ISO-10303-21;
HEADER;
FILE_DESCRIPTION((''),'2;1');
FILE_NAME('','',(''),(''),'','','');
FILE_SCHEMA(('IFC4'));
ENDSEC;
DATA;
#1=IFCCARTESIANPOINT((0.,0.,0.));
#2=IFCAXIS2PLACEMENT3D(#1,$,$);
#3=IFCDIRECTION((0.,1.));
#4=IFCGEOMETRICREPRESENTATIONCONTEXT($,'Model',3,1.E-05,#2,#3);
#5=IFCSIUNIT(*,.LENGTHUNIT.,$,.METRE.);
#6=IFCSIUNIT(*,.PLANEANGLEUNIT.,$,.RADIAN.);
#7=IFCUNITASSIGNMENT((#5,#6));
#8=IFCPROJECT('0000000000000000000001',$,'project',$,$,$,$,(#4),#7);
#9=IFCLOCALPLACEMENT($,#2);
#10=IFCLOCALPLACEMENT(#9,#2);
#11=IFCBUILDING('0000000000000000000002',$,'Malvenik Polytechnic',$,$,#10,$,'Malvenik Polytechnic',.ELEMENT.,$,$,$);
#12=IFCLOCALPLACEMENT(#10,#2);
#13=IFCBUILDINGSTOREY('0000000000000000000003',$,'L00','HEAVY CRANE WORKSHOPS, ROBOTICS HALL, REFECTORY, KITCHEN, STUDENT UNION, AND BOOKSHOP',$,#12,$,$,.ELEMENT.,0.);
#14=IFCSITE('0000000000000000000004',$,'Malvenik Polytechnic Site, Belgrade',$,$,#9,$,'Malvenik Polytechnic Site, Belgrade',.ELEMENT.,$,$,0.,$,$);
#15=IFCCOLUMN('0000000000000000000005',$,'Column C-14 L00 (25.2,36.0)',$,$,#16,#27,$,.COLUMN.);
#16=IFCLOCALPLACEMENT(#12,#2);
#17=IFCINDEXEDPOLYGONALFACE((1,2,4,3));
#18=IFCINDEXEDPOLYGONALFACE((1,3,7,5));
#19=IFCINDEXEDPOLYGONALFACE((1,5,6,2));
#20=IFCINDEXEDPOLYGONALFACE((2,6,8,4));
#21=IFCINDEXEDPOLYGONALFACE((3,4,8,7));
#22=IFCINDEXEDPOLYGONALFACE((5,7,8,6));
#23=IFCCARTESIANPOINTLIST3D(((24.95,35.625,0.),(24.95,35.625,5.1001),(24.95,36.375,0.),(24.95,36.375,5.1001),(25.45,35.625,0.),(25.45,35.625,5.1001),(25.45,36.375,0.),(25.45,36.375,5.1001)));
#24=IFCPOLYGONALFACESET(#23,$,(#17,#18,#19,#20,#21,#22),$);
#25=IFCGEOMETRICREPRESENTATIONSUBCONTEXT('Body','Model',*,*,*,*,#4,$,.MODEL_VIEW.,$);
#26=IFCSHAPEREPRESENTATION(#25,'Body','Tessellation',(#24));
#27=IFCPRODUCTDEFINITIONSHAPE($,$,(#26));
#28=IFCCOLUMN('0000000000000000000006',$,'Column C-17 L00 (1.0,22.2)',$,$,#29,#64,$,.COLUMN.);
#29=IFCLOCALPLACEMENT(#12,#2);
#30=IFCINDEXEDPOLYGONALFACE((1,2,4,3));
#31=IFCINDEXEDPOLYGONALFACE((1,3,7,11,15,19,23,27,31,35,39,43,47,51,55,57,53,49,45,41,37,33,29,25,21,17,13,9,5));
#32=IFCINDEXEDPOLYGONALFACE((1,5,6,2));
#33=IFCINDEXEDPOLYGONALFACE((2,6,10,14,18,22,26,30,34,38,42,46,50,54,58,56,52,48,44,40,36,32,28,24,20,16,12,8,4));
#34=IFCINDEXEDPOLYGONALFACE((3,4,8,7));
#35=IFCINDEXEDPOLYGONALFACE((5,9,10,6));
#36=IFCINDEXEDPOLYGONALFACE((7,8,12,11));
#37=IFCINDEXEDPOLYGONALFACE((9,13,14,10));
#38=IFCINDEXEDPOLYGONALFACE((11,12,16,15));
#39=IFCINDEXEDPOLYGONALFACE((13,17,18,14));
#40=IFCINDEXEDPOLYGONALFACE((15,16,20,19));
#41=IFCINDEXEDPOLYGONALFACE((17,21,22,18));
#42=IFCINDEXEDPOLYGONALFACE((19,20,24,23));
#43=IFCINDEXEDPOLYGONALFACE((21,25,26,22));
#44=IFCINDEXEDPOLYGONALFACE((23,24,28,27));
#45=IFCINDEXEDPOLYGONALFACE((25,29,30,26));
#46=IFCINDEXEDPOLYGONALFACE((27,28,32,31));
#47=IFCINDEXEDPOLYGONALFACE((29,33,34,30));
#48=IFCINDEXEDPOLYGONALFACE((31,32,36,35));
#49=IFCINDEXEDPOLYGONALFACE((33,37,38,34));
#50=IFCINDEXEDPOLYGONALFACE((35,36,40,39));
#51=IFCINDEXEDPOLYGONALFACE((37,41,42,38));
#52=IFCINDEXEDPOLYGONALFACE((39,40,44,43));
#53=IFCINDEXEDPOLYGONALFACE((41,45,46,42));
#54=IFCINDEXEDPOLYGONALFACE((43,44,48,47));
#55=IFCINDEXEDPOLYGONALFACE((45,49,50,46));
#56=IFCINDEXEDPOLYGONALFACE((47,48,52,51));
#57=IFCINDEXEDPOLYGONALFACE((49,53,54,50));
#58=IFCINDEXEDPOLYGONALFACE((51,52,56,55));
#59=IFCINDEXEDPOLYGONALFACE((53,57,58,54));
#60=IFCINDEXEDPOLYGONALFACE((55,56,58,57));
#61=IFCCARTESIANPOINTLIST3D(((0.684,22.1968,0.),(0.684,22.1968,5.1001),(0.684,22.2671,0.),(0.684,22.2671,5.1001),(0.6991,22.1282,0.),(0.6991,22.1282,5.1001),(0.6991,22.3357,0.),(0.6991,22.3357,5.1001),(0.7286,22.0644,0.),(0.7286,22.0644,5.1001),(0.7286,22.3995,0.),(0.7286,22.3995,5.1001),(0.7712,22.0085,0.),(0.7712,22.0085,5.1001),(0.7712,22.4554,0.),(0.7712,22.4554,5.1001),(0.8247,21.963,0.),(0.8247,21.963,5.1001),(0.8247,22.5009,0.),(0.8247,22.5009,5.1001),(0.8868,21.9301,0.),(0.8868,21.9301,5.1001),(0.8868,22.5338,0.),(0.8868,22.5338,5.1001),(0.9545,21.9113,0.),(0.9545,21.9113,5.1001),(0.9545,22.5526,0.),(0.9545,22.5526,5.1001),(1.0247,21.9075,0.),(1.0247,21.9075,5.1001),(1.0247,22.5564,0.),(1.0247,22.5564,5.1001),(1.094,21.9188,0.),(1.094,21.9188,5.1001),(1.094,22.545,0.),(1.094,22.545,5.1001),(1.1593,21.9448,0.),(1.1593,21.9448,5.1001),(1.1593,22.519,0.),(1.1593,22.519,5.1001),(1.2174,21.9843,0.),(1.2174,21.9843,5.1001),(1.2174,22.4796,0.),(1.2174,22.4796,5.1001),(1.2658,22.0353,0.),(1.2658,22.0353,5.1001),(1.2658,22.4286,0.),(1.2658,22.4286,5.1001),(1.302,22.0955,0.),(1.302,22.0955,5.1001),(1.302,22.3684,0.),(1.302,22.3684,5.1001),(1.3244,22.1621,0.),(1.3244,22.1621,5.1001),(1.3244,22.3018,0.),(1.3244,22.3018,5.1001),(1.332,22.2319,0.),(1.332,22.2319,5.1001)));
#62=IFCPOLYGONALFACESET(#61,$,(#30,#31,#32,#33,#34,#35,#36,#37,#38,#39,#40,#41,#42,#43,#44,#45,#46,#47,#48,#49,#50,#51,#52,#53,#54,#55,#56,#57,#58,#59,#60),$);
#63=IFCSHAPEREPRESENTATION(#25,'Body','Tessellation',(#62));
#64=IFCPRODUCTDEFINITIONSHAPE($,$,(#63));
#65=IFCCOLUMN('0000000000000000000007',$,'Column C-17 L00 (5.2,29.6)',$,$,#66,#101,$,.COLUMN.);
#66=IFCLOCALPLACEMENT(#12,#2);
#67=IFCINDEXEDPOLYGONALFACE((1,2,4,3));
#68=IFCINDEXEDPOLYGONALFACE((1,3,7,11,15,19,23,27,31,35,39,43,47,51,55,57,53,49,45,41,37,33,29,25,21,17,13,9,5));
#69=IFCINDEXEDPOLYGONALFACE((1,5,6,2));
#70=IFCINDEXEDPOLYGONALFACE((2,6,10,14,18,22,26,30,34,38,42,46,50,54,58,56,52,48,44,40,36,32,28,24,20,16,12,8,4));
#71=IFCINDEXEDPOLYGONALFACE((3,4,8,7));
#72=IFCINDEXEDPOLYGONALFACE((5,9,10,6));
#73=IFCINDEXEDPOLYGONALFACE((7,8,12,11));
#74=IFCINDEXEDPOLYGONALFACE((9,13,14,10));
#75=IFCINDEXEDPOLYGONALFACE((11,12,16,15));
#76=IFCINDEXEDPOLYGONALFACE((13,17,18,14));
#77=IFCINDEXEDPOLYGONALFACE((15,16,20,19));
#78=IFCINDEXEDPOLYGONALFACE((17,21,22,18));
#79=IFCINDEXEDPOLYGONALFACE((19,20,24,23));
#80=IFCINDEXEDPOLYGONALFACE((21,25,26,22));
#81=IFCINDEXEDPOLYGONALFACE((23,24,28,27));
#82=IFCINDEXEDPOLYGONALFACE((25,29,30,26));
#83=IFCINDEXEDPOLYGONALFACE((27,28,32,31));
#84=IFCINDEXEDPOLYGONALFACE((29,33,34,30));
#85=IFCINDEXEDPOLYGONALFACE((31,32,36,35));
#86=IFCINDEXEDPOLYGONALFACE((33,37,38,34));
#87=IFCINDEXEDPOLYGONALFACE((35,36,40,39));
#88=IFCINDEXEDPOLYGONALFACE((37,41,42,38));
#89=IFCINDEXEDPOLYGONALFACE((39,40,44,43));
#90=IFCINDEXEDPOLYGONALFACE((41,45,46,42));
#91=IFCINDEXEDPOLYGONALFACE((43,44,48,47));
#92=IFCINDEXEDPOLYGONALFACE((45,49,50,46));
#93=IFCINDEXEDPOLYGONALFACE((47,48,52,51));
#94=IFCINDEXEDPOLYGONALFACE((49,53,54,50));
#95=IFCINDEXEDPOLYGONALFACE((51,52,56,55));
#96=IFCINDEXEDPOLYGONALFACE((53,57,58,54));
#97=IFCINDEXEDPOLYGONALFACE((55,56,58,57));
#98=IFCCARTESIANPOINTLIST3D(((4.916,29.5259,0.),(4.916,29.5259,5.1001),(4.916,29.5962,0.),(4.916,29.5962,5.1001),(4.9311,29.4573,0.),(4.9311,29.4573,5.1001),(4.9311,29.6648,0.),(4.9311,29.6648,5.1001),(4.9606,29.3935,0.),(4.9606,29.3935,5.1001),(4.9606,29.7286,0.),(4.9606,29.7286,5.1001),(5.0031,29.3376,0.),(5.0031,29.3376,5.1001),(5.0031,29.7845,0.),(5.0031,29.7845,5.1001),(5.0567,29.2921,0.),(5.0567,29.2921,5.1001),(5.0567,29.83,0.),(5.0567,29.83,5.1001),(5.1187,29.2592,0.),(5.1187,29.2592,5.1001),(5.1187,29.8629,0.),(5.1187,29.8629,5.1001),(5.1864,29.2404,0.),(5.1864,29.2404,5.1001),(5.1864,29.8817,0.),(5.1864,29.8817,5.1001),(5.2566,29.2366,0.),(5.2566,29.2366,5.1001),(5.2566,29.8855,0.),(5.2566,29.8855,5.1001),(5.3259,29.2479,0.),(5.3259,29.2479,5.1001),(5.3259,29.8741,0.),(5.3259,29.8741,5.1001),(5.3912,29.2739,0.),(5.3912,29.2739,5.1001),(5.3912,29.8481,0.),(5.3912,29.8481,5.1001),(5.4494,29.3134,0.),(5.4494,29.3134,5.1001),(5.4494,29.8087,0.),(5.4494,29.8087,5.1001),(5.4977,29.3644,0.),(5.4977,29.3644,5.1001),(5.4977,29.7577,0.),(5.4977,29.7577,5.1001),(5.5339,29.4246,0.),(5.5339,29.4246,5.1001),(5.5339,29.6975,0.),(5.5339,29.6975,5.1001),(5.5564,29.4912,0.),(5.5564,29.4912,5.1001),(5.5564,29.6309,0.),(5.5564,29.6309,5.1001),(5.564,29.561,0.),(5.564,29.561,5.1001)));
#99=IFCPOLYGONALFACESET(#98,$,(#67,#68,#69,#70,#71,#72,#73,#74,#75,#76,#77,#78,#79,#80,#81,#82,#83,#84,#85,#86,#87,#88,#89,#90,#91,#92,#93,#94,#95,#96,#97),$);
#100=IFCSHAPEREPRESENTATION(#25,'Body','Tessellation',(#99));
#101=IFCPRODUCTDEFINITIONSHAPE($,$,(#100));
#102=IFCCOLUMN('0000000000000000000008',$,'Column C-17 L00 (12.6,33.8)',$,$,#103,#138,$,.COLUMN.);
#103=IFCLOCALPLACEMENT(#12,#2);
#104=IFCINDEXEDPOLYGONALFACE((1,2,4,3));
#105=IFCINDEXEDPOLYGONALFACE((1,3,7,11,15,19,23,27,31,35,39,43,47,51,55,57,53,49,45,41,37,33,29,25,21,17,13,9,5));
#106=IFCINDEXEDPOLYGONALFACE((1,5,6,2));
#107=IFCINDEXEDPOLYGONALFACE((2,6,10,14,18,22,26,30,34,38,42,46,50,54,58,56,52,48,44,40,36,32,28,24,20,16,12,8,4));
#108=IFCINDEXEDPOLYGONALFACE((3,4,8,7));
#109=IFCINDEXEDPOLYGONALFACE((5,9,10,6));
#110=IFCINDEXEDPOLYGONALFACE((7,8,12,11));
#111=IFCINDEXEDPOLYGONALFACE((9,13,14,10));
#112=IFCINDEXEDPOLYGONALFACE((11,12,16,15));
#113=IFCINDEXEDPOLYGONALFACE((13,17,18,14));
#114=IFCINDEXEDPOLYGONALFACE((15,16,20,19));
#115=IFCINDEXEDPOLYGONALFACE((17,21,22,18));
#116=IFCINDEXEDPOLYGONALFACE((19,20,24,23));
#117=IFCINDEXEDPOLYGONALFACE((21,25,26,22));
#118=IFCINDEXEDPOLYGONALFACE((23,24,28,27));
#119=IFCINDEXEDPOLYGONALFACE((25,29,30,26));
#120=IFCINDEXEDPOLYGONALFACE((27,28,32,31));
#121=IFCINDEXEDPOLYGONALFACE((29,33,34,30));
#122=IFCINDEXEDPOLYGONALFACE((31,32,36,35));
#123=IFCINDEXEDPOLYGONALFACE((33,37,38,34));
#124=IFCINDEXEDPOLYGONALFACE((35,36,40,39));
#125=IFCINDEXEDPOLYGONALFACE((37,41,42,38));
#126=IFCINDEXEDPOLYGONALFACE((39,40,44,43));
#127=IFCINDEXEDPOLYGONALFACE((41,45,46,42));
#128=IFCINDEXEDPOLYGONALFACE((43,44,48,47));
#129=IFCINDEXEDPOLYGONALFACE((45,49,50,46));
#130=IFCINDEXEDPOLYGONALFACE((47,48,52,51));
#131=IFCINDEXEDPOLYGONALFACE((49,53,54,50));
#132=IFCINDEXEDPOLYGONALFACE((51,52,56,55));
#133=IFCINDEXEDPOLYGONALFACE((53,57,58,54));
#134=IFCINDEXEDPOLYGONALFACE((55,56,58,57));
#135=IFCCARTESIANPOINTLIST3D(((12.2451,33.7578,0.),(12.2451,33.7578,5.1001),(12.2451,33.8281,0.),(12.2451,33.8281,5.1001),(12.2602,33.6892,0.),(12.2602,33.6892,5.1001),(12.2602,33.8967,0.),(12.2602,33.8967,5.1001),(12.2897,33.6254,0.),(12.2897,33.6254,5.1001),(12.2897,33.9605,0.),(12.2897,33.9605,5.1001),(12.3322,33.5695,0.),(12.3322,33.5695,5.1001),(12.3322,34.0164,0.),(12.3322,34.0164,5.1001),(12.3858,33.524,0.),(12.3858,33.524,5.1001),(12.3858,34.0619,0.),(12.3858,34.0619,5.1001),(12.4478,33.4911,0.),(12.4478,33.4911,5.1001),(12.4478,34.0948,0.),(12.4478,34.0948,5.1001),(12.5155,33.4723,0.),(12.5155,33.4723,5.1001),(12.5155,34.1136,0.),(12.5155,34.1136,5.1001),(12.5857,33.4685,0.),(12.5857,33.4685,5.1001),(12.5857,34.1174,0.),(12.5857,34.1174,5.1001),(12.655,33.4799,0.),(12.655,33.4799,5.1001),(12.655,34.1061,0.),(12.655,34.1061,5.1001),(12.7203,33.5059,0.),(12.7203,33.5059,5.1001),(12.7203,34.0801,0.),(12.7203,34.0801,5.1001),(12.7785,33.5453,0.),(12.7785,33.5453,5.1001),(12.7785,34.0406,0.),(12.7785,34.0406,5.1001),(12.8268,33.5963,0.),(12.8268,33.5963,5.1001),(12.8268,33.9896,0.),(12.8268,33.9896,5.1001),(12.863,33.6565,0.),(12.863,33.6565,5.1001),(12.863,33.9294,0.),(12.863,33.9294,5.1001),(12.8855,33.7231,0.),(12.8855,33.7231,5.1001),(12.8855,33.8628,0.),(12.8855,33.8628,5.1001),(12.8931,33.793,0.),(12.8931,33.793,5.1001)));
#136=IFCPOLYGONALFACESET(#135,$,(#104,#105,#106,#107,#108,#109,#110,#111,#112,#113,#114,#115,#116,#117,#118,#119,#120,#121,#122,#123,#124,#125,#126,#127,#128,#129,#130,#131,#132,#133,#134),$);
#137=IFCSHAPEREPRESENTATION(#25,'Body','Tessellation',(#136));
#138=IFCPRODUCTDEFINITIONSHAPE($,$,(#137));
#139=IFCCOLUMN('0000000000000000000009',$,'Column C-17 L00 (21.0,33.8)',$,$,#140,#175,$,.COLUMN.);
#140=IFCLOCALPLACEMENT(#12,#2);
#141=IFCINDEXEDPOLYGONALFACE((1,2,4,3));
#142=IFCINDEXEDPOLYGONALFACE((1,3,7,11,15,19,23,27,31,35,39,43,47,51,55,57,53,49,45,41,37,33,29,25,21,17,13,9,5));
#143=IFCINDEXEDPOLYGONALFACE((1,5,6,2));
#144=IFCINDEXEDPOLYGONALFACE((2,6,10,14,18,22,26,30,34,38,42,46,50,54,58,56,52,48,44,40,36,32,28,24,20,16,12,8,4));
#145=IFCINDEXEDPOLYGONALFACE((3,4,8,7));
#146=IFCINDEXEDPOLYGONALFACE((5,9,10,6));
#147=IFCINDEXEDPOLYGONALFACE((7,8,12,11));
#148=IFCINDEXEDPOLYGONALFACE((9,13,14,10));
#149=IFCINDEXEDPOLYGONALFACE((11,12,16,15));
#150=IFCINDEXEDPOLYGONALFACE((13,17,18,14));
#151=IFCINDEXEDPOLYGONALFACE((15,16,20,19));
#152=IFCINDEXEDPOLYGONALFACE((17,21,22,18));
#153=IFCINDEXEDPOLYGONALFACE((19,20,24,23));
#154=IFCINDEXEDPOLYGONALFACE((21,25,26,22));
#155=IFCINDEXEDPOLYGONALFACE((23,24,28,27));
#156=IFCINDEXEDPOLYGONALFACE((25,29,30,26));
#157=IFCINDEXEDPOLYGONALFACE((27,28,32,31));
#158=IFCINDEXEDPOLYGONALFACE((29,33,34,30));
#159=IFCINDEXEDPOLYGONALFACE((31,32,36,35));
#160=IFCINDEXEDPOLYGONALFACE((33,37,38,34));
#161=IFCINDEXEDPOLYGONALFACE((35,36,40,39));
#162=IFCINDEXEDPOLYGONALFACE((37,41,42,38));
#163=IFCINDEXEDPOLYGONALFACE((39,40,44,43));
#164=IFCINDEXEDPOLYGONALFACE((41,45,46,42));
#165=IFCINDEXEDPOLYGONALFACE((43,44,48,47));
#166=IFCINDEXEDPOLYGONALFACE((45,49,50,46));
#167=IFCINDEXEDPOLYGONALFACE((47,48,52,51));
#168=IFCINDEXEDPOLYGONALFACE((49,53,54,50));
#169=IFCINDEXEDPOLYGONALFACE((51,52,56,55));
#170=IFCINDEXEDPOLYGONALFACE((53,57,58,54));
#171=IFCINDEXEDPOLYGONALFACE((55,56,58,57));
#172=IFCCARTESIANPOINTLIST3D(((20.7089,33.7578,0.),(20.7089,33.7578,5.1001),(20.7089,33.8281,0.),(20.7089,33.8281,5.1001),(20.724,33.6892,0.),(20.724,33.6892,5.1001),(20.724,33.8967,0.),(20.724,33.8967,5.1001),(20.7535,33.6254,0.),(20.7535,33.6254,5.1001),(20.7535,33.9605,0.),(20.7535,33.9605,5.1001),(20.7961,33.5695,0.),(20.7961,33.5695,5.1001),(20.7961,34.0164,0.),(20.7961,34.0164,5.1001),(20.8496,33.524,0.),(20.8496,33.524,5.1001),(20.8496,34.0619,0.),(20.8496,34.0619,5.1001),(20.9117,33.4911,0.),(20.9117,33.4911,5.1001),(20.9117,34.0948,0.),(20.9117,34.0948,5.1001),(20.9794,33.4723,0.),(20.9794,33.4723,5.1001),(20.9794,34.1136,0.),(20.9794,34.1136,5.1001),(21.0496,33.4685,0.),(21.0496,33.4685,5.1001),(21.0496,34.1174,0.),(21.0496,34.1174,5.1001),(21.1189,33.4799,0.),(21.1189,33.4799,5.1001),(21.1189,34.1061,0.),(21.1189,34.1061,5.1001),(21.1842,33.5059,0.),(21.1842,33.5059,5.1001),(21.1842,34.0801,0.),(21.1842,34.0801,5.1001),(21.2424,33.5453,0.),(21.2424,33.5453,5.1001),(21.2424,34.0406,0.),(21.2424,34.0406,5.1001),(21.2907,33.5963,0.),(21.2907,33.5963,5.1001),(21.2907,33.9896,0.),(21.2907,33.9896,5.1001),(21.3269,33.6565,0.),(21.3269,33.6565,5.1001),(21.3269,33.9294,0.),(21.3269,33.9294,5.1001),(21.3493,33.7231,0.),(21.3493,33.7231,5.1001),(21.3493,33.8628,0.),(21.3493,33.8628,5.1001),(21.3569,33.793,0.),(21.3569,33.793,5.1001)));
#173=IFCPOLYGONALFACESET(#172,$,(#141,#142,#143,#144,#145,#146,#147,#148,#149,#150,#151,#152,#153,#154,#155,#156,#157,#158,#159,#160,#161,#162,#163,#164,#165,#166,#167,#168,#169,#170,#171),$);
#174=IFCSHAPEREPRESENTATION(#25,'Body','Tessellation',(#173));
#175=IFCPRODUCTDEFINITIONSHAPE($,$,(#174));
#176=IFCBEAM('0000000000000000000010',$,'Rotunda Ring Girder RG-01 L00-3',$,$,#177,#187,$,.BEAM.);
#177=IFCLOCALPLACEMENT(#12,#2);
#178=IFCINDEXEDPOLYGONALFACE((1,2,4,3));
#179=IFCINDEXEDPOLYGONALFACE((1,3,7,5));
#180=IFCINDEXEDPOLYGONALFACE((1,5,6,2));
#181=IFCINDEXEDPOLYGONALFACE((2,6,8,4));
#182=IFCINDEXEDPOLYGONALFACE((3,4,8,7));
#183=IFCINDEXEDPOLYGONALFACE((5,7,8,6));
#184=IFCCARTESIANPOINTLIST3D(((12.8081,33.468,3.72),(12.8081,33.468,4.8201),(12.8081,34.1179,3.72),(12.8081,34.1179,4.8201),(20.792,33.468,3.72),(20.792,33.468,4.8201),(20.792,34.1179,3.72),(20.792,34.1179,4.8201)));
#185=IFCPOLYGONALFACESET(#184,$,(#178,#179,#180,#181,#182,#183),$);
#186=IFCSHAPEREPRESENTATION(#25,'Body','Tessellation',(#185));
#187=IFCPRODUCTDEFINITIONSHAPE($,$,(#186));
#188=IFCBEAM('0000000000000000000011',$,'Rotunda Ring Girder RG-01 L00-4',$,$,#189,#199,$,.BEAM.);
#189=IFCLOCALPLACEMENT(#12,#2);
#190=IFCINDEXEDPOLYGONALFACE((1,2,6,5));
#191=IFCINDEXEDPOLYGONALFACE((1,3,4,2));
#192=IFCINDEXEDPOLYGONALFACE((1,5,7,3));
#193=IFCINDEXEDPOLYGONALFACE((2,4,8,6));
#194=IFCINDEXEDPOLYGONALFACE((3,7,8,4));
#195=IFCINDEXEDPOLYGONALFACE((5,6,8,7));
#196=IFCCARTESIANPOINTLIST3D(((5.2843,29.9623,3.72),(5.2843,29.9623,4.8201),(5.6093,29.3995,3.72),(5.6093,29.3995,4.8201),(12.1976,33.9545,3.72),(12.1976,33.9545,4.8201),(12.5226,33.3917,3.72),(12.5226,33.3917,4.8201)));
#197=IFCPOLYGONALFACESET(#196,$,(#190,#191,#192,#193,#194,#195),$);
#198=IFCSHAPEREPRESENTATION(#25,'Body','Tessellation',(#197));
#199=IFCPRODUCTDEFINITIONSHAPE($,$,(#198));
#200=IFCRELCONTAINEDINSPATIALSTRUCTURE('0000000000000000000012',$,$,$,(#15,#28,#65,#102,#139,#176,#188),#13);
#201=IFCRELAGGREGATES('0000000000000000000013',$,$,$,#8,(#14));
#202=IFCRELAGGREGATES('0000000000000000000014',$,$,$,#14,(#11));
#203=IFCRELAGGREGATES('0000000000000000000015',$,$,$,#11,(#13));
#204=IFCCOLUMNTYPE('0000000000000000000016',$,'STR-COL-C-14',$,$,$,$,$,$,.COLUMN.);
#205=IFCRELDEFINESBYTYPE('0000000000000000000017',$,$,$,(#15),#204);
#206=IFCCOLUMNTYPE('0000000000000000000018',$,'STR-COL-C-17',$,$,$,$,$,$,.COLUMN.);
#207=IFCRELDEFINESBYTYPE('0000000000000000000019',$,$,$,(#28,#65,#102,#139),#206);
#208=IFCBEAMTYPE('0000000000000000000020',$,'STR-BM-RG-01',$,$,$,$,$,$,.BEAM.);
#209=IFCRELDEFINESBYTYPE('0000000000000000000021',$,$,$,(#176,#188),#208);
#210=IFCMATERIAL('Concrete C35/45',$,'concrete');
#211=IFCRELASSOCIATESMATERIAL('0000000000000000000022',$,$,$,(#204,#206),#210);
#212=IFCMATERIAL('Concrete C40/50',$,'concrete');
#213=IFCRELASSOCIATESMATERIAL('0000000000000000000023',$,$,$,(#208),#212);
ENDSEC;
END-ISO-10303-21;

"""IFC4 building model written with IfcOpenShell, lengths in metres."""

from ifc_helpers import new_model, si_unit, direction, frame, origin, origin_2d, place, context, subcontext, project, spatial, rectangle, circle, extrude, material, material_profile, profile_set, type_object, element, save


model = new_model("IFC4")

# Units and contexts
model_context = context("Model", 3, precision=1e-05, world=origin(), true_north=direction((0.0, 1.0)))
body_context = subcontext(model_context, "Body", "Model", "MODEL_VIEW")
ifc_project = project(units=[si_unit("LENGTHUNIT", "METRE"), si_unit("PLANEANGLEUNIT", "RADIAN")], contexts=[model_context])

# Site, building, storey
site_placement = place(None, origin())
site = spatial("IfcSite", under=ifc_project, at=site_placement, Name="Malvenik Polytechnic Site, Belgrade", LongName="Malvenik Polytechnic Site, Belgrade", CompositionType="ELEMENT", RefElevation=0.0)
building_placement = place(site_placement, origin())
building = spatial("IfcBuilding", under=site, at=building_placement, Name="Malvenik Polytechnic", LongName="Malvenik Polytechnic", CompositionType="ELEMENT")
storey_placement = place(building_placement, origin())
storey = spatial("IfcBuildingStorey", under=building, at=storey_placement, Name="L00", Description="HEAVY CRANE WORKSHOPS, ROBOTICS HALL, REFECTORY, KITCHEN, STUDENT UNION, AND BOOKSHOP", CompositionType="ELEMENT", Elevation=0.0)

# Columns
ifc_material_1 = material(Name="Concrete C35/45", Category="concrete")
ifc_material_profile_1 = material_profile(ifc_material_1, rectangle(XDim=0.5, YDim=0.75, at=origin_2d()), Name="RC COL 750x500")
ifc_profile_set_1 = profile_set([ifc_material_profile_1], Name="Concrete C35/45")
column_type_1 = type_object("IfcColumnType", Name="STR-COL-C-14", PredefinedType="COLUMN", material=ifc_profile_set_1)
column_placement = place(storey_placement, frame((25.2, 36.0, 0.0), z_axis=(0.0, 0.0, 1.0), x_axis=(1.0, 0.0, 0.0)))
element("IfcColumn", 1, at=column_placement, inside=storey, type_object=column_type_1, Name="Column C-14 L00 (25.2,36.0)", PredefinedType="COLUMN", context=body_context, shape_type="SweptSolid", body=[
    extrude(rectangle(XDim=0.5, YDim=0.75, at=origin_2d()), origin(), (0.0, 0.0, 1.0), 5.1001),
])
ifc_material_profile_2 = material_profile(ifc_material_1, circle(Radius=0.325, at=origin_2d()), Name="RC COL D650")
ifc_profile_set_2 = profile_set([ifc_material_profile_2], Name="Concrete C35/45")
column_type_2 = type_object("IfcColumnType", Name="STR-COL-C-17", PredefinedType="COLUMN", material=ifc_profile_set_2)
for number, where, z_axis, x_axis, name in (
    (2, (1.0071, 22.2319, 0.0), (0.0, 0.0, 1.0), (1.0, 0.0, 0.0), "Column C-17 L00 (1.0,22.2)"),
    (3, (5.239, 29.561, 0.0), (0.0, 0.0, 1.0), (1.0, 0.0, 0.0), "Column C-17 L00 (5.2,29.6)"),
    (4, (12.5681, 33.793, 0.0), (0.0, 0.0, 1.0), (1.0, 0.0, 0.0), "Column C-17 L00 (12.6,33.8)"),
    (5, (21.032, 33.793, 0.0), (0.0, 0.0, 1.0), (1.0, 0.0, 0.0), "Column C-17 L00 (21.0,33.8)"),
):
    element("IfcColumn", number, at=place(storey_placement, frame(where, z_axis=z_axis, x_axis=x_axis)), inside=storey, type_object=column_type_2, Name=name, PredefinedType="COLUMN", context=body_context, shape_type="SweptSolid", body=[
        extrude(circle(Radius=0.325, at=origin_2d()), origin(), (0.0, 0.0, 1.0), 5.1001),
    ])

# Beams
ifc_material_2 = material(Name="Concrete C40/50", Category="concrete")
ifc_material_profile_3 = material_profile(ifc_material_2, rectangle(XDim=0.6499, YDim=1.1001, at=origin_2d()), Name="RC RG 650x1100")
ifc_profile_set_3 = profile_set([ifc_material_profile_3], Name="Concrete C40/50")
beam_type = type_object("IfcBeamType", Name="STR-BM-RG-01", PredefinedType="BEAM", material=ifc_profile_set_3)
beam_1_placement = place(storey_placement, frame((20.792, 33.793, 4.27), z_axis=(-1.0, 0.0, 0.0), x_axis=(0.0, -1.0, 0.0)))
element("IfcBeam", 6, at=beam_1_placement, inside=storey, type_object=beam_type, Name="Rotunda Ring Girder RG-01 L00-3", PredefinedType="BEAM", context=body_context, shape_type="SweptSolid", body=[
    extrude(rectangle(XDim=0.6499, YDim=1.1001, at=origin_2d()), origin(), (0.0, 0.0, 1.0), 7.9839),
])
beam_2_placement = place(storey_placement, frame((12.3601, 33.6731, 4.27), z_axis=(-0.865983, -0.500073, 0.0), x_axis=(0.500073, -0.865983, 0.0)))
element("IfcBeam", 7, at=beam_2_placement, inside=storey, type_object=beam_type, Name="Rotunda Ring Girder RG-01 L00-4", PredefinedType="BEAM", context=body_context, shape_type="SweptSolid", body=[
    extrude(rectangle(XDim=0.6499, YDim=1.1001, at=origin_2d()), origin(), (0.0, 0.0, 1.0), 7.9832),
])

save(model, "model.ifc")
